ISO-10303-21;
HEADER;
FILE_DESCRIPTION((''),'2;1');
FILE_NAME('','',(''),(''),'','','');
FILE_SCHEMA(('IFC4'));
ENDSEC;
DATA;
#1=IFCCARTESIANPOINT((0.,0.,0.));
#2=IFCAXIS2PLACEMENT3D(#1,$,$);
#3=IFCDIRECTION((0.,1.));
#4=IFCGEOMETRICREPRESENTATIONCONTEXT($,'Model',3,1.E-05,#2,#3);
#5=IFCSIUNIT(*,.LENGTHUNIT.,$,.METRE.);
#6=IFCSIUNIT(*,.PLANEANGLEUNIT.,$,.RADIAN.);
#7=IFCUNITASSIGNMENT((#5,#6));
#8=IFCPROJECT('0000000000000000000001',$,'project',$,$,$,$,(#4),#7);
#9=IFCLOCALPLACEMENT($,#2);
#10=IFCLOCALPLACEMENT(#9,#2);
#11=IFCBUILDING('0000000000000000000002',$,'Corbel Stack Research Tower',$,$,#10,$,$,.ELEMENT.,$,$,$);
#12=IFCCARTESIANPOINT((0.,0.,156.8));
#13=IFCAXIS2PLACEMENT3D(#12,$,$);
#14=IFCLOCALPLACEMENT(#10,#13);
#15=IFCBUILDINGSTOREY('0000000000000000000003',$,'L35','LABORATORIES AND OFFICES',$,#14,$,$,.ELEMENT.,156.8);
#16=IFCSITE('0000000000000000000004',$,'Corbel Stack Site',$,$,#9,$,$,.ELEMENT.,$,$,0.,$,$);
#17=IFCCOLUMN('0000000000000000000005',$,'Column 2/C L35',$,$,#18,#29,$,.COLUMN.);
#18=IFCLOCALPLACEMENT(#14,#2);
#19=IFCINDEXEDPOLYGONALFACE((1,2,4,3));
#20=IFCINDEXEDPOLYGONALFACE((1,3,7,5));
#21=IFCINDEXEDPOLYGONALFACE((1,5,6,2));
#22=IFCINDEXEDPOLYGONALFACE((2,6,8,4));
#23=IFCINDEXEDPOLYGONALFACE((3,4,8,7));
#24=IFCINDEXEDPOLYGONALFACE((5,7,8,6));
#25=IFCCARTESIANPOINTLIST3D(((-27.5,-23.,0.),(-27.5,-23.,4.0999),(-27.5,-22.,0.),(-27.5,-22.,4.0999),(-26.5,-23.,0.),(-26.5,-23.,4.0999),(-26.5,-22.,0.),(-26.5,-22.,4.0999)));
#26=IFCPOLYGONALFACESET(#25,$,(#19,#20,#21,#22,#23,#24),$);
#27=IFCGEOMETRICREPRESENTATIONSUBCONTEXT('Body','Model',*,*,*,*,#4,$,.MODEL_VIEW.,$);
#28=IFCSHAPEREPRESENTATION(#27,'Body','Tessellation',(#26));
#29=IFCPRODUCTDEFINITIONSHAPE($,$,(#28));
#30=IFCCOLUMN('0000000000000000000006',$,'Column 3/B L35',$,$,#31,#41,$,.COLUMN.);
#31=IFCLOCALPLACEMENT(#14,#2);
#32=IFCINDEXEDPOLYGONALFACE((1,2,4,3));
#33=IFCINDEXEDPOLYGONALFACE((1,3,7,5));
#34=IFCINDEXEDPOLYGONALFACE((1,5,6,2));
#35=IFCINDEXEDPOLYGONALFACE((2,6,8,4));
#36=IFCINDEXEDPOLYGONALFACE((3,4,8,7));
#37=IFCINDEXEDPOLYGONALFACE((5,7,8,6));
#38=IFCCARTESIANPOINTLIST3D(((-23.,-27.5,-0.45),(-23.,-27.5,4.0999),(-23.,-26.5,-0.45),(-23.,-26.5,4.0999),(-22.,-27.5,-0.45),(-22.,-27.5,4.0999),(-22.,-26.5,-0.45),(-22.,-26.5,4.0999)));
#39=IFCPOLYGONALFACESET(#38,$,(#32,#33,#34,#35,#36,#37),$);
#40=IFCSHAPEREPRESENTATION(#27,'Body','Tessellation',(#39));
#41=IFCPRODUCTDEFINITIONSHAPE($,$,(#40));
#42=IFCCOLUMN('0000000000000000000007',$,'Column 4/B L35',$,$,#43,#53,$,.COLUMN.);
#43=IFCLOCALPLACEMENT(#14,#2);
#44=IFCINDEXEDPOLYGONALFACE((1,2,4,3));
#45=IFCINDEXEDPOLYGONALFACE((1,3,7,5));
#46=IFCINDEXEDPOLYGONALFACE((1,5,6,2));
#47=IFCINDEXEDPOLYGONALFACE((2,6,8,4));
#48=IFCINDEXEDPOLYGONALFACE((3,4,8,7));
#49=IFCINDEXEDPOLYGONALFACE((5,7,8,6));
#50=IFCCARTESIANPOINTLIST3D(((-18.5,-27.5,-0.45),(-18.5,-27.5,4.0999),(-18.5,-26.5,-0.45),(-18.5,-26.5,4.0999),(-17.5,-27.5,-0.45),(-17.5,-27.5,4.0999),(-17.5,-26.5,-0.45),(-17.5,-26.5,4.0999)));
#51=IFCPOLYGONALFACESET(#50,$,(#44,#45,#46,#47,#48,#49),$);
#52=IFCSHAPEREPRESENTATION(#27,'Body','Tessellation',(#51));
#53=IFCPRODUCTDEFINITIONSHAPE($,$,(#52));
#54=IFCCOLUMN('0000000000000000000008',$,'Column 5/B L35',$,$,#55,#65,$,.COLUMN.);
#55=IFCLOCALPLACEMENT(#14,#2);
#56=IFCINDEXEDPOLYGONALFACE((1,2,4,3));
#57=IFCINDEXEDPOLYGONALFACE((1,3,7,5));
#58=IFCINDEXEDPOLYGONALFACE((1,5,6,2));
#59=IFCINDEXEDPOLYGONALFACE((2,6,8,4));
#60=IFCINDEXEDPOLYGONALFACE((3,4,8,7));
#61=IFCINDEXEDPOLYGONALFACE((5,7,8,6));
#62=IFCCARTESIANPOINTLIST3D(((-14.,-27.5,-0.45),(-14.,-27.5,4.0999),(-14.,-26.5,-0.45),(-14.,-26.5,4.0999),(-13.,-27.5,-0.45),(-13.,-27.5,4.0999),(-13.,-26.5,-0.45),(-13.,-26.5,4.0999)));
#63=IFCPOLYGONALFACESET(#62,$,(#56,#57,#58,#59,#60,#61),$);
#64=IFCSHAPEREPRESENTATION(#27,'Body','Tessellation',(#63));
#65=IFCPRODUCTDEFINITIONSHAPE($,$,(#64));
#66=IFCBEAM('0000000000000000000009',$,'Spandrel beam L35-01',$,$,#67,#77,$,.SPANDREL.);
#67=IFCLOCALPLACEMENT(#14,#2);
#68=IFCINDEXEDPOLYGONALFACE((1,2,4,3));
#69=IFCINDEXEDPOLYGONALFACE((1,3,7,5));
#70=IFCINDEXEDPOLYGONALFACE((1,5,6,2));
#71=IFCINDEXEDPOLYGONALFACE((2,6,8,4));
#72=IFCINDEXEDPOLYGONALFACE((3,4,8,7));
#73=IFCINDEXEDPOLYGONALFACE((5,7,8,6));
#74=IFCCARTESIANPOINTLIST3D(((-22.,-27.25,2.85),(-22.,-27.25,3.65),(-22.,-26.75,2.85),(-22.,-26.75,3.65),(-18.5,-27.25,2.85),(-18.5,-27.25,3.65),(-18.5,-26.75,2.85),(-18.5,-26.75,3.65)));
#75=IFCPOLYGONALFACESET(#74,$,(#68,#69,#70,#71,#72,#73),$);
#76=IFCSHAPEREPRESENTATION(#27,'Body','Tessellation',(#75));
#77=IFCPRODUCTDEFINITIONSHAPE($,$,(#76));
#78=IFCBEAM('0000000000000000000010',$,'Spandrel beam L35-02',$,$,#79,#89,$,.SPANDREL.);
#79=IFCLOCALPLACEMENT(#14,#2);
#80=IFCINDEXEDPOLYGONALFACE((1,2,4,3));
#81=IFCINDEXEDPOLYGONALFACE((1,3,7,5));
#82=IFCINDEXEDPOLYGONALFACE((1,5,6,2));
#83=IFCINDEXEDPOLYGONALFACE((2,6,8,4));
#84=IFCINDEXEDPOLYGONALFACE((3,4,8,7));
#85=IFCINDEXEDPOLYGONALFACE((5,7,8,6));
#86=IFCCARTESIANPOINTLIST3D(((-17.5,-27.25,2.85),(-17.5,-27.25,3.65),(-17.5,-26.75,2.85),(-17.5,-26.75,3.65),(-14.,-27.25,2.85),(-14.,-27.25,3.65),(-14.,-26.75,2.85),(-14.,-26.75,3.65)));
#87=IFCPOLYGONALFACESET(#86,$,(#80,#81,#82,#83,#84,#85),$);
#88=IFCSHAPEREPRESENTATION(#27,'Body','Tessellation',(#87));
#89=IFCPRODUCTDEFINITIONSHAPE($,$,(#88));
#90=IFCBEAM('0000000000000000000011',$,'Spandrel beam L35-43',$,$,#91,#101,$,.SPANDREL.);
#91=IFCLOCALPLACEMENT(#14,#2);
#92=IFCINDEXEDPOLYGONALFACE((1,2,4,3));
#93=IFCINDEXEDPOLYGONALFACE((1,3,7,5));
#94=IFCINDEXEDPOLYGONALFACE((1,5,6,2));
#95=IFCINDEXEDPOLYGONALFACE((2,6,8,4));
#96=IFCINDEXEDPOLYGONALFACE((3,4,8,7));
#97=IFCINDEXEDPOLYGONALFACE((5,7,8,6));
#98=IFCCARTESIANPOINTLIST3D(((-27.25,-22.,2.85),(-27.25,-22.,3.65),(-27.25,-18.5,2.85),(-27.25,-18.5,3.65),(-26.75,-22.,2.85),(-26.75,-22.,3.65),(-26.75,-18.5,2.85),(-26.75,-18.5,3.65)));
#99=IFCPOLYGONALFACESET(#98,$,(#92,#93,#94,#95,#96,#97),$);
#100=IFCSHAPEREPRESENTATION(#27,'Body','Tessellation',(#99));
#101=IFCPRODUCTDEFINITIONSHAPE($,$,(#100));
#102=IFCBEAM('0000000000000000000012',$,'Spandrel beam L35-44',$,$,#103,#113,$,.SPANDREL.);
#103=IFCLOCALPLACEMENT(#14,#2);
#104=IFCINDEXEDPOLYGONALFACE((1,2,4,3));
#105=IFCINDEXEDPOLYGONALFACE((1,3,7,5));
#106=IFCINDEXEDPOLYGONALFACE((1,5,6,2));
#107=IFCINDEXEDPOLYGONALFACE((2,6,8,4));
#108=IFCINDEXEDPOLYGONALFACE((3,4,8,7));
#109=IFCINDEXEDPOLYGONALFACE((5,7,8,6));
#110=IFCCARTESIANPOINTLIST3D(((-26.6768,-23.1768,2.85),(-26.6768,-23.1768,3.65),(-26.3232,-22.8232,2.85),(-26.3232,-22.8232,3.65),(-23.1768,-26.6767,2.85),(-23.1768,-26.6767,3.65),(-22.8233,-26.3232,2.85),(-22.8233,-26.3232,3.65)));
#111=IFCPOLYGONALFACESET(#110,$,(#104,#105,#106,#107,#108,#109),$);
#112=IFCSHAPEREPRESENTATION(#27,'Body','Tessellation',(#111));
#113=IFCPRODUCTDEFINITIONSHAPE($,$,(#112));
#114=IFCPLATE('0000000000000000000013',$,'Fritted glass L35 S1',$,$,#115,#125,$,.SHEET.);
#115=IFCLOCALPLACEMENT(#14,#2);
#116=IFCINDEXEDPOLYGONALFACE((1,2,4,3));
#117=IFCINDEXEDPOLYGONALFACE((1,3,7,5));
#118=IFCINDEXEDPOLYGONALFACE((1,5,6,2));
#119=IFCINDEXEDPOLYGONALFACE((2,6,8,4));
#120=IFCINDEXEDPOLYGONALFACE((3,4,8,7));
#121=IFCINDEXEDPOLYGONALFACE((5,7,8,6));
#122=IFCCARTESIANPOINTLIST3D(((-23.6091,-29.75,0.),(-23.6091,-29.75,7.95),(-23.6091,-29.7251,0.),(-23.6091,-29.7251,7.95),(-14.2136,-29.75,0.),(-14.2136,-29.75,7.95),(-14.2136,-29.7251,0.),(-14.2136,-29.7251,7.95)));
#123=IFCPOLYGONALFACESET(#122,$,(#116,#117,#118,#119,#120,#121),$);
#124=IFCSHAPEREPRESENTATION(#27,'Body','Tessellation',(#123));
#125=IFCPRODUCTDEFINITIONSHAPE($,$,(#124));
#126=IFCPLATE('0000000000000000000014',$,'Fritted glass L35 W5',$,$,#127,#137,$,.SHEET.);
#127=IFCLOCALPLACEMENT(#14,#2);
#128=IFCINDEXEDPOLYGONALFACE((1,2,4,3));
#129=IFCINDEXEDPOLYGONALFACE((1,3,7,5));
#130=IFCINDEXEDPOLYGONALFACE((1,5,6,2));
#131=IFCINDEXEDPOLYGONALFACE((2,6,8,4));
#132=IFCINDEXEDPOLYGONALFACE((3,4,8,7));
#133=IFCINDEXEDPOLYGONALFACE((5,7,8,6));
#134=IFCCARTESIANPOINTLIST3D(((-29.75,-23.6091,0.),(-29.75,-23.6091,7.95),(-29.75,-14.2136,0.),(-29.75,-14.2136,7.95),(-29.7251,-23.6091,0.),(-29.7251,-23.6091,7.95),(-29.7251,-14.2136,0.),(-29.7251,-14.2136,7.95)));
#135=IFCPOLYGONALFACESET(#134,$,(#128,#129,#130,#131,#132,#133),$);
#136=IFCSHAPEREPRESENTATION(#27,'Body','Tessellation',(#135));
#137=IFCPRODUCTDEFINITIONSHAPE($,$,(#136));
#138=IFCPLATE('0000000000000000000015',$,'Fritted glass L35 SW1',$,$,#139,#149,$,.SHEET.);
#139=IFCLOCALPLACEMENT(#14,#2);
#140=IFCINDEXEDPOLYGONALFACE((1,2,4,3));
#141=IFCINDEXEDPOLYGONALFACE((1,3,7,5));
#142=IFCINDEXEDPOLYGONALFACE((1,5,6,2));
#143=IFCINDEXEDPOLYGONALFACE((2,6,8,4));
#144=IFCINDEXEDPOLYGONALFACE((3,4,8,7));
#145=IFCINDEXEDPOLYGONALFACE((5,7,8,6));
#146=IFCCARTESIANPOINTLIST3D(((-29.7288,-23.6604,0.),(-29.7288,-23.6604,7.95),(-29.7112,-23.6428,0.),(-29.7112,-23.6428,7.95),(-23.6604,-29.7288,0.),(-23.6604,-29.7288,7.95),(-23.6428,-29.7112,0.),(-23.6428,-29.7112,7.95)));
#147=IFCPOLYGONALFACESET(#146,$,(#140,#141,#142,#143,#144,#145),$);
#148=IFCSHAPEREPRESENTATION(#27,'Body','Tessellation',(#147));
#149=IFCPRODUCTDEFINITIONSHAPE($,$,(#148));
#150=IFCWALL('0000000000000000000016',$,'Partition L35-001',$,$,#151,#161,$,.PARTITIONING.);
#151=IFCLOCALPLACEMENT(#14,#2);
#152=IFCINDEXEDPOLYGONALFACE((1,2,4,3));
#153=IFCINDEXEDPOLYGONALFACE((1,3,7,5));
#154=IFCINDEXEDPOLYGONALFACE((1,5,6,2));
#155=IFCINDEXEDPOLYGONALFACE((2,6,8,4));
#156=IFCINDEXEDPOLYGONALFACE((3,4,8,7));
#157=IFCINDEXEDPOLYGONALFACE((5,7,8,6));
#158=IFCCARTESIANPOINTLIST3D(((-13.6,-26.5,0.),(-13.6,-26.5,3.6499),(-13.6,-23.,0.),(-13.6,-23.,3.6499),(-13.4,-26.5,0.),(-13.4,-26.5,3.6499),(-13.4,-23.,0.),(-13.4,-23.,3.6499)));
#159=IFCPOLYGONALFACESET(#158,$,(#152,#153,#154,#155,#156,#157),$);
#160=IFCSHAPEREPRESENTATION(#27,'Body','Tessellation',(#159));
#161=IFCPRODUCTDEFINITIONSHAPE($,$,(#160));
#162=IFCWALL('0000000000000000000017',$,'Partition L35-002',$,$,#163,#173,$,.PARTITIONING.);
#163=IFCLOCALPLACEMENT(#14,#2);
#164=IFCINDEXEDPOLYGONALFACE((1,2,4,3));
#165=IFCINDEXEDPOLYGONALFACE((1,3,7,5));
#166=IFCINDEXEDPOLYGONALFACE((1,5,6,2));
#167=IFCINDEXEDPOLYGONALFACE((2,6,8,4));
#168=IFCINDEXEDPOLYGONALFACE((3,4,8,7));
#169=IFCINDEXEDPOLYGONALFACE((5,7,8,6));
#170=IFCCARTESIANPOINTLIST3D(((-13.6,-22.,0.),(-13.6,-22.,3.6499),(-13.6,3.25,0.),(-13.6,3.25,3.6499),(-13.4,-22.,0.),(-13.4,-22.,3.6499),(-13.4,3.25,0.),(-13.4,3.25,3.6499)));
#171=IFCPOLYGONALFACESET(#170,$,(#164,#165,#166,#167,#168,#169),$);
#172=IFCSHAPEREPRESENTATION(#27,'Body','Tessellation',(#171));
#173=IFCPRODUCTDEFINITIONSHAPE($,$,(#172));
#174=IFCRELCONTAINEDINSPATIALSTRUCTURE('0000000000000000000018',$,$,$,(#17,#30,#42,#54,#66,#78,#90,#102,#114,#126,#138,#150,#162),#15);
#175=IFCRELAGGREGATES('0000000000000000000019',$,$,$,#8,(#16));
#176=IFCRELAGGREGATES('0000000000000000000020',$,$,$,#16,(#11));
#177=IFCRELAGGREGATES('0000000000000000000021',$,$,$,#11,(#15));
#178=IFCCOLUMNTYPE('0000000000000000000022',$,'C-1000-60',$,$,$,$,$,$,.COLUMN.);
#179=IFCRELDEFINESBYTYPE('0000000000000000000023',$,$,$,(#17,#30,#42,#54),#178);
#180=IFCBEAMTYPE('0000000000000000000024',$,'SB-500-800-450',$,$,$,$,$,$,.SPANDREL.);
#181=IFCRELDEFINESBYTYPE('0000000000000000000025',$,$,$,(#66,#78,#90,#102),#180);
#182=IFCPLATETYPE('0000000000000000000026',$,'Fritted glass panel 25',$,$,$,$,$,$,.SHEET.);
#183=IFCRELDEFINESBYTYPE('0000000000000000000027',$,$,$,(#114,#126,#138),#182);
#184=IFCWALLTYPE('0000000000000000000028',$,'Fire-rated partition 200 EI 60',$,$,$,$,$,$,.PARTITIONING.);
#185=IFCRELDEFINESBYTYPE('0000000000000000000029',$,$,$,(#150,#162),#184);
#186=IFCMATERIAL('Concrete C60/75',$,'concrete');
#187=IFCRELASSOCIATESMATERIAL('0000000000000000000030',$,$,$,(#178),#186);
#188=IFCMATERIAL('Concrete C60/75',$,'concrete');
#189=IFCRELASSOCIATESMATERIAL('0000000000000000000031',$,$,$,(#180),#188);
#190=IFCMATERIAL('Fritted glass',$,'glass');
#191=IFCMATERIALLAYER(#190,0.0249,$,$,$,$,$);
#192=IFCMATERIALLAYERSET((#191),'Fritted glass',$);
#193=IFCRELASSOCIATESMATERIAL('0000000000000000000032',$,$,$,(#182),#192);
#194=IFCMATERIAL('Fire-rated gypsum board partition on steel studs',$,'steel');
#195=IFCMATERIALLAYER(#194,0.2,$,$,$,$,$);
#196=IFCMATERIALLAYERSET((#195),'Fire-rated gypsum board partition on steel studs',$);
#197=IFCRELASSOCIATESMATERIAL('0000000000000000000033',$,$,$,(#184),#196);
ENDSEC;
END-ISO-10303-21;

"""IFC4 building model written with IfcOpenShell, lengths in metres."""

from ifc_helpers import new_model, si_unit, direction, frame, frame_2d, origin, origin_2d, place, context, subcontext, project, spatial, rectangle, extrude, material, layer, layer_set, material_profile, profile_set, type_object, element, save


model = new_model("IFC4")

# Units and contexts
model_context = context("Model", 3, precision=1e-05, world=origin(), true_north=direction((0.0, 1.0)))
body_context = subcontext(model_context, "Body", "Model", "MODEL_VIEW")
ifc_project = project(units=[si_unit("LENGTHUNIT", "METRE"), si_unit("PLANEANGLEUNIT", "RADIAN")], contexts=[model_context])

# Site, building, storey
site_placement = place(None, origin())
site = spatial("IfcSite", under=ifc_project, at=site_placement, Name="Corbel Stack Site", CompositionType="ELEMENT", RefElevation=0.0)
building_placement = place(site_placement, origin())
building = spatial("IfcBuilding", under=site, at=building_placement, Name="Corbel Stack Research Tower", CompositionType="ELEMENT")
storey_placement = place(building_placement, frame((0.0, 0.0, 156.8)))
storey = spatial("IfcBuildingStorey", under=building, at=storey_placement, Name="L35", Description="LABORATORIES AND OFFICES", CompositionType="ELEMENT", Elevation=156.8)

# Columns
ifc_material_1 = material(Name="Concrete C60/75", Category="concrete")
ifc_material_profile_1 = material_profile(ifc_material_1, rectangle(XDim=1.0, YDim=1.0, at=origin_2d()), Name="RC 1000 x 1000")
ifc_profile_set_1 = profile_set([ifc_material_profile_1], Name="Concrete C60/75")
column_type = type_object("IfcColumnType", Name="C-1000-60", PredefinedType="COLUMN", material=ifc_profile_set_1)
column_placement = place(storey_placement, frame((-27.0, -22.5, 0.0), z_axis=(0.0, 0.0, 1.0), x_axis=(1.0, 0.0, 0.0)))
element("IfcColumn", 1, at=column_placement, inside=storey, type_object=column_type, Name="Column 2/C L35", PredefinedType="COLUMN", context=body_context, shape_type="SweptSolid", body=[
    extrude(rectangle(XDim=1.0, YDim=1.0, at=origin_2d()), origin(), (0.0, 0.0, 1.0), 4.0999),
])
for number, where, z_axis, x_axis, name in (
    (2, (-22.5, -27.0, -0.45), (0.0, 0.0, 1.0), (1.0, 0.0, 0.0), "Column 3/B L35"),
    (3, (-18.0, -27.0, -0.45), (0.0, 0.0, 1.0), (1.0, 0.0, 0.0), "Column 4/B L35"),
    (4, (-13.5, -27.0, -0.45), (0.0, 0.0, 1.0), (1.0, 0.0, 0.0), "Column 5/B L35"),
):
    element("IfcColumn", number, at=place(storey_placement, frame(where, z_axis=z_axis, x_axis=x_axis)), inside=storey, type_object=column_type, Name=name, PredefinedType="COLUMN", context=body_context, shape_type="SweptSolid", body=[
        extrude(rectangle(XDim=1.0, YDim=1.0, at=origin_2d()), origin(), (0.0, 0.0, 1.0), 4.5498),
    ])

# Beams
ifc_material_2 = material(Name="Concrete C60/75", Category="concrete")
ifc_material_profile_2 = material_profile(ifc_material_2, rectangle(XDim=0.5, YDim=0.8, at=origin_2d()), Name="RC 500 x 800")
ifc_profile_set_2 = profile_set([ifc_material_profile_2], Name="Concrete C60/75")
beam_type = type_object("IfcBeamType", Name="SB-500-800-450", PredefinedType="SPANDREL", material=ifc_profile_set_2)
for number, where, z_axis, x_axis, name in (
    (5, (-22.0, -27.0, 3.25), (1.0, 0.0, 0.0), (0.0, 1.0, 0.0), "Spandrel beam L35-01"),
    (6, (-17.5, -27.0, 3.25), (1.0, 0.0, 0.0), (0.0, 1.0, 0.0), "Spandrel beam L35-02"),
    (7, (-27.0, -18.5, 3.25), (0.0, -1.0, 0.0), (1.0, 0.0, 0.0), "Spandrel beam L35-43"),
):
    element("IfcBeam", number, at=place(storey_placement, frame(where, z_axis=z_axis, x_axis=x_axis)), inside=storey, type_object=beam_type, Name=name, PredefinedType="SPANDREL", context=body_context, shape_type="SweptSolid", body=[
        extrude(rectangle(XDim=0.5, YDim=0.8, at=origin_2d()), origin(), (0.0, 0.0, 1.0), 3.5),
    ])
beam_placement = place(storey_placement, frame((-26.5, -23.0, 3.25), z_axis=(0.707107, -0.707107, 0.0), x_axis=(0.707107, 0.707107, 0.0)))
element("IfcBeam", 8, at=beam_placement, inside=storey, type_object=beam_type, Name="Spandrel beam L35-44", PredefinedType="SPANDREL", context=body_context, shape_type="SweptSolid", body=[
    extrude(rectangle(XDim=0.5, YDim=0.8, at=origin_2d()), origin(), (0.0, 0.0, 1.0), 4.9497),
])

# Plates
ifc_material_3 = material(Name="Fritted glass", Category="glass")
ifc_layer_1 = layer(ifc_material_3, 0.0249)
ifc_layer_set_1 = layer_set([ifc_layer_1], Name="Fritted glass")
plate_type = type_object("IfcPlateType", Name="Fritted glass panel 25", PredefinedType="SHEET", material=ifc_layer_set_1)
for number, where, z_axis, x_axis, name in (
    (9, (-18.9114, -29.7375, 0.0), (0.0, 0.0, 1.0), (1.0, 0.0, 0.0), "Fritted glass L35 S1"),
    (10, (-29.7375, -18.9114, 0.0), (0.0, 0.0, 1.0), (0.0, -1.0, 0.0), "Fritted glass L35 W5"),
):
    element("IfcPlate", number, at=place(storey_placement, frame(where, z_axis=z_axis, x_axis=x_axis)), inside=storey, type_object=plate_type, Name=name, PredefinedType="SHEET", context=body_context, shape_type="SweptSolid", body=[
        extrude(rectangle(XDim=9.3955, YDim=0.0249, at=origin_2d()), origin(), (0.0, 0.0, 1.0), 7.95),
    ])
plate_placement = place(storey_placement, frame((-26.6858, -26.6858, 0.0), z_axis=(0.0, 0.0, 1.0), x_axis=(0.707107, -0.707107, 0.0)))
element("IfcPlate", 11, at=plate_placement, inside=storey, type_object=plate_type, Name="Fritted glass L35 SW1", PredefinedType="SHEET", context=body_context, shape_type="SweptSolid", body=[
    extrude(rectangle(XDim=8.582, YDim=0.0249, at=origin_2d()), origin(), (0.0, 0.0, 1.0), 7.95),
])

# Walls
ifc_material_4 = material(Name="Fire-rated gypsum board partition on steel studs", Category="steel")
ifc_layer_2 = layer(ifc_material_4, 0.2)
ifc_layer_set_2 = layer_set([ifc_layer_2], Name="Fire-rated gypsum board partition on steel studs")
wall_type_1 = type_object("IfcWallType", Name="Fire-rated partition 200 EI 60", PredefinedType="PARTITIONING", material=ifc_layer_set_2)
wall_1_placement = place(storey_placement, frame((-13.5, -26.5, 0.0), z_axis=(0.0, 0.0, 1.0), x_axis=(0.0, 1.0, 0.0)))
element("IfcWall", 12, at=wall_1_placement, inside=storey, type_object=wall_type_1, Name="Partition L35-001", PredefinedType="PARTITIONING", context=body_context, shape_type="SweptSolid", body=[
    extrude(rectangle(XDim=3.5, YDim=0.2, at=frame_2d((1.75, 0.0))), origin(), (0.0, 0.0, 1.0), 3.6499),
])
wall_2_placement = place(storey_placement, frame((-13.5, -22.0, 0.0), z_axis=(0.0, 0.0, 1.0), x_axis=(0.0, 1.0, 0.0)))
element("IfcWall", 13, at=wall_2_placement, inside=storey, type_object=wall_type_1, Name="Partition L35-002", PredefinedType="PARTITIONING", context=body_context, shape_type="SweptSolid", body=[
    extrude(rectangle(XDim=25.25, YDim=0.2, at=frame_2d((12.625, 0.0))), origin(), (0.0, 0.0, 1.0), 3.6499),
])

save(model, "model.ifc")
